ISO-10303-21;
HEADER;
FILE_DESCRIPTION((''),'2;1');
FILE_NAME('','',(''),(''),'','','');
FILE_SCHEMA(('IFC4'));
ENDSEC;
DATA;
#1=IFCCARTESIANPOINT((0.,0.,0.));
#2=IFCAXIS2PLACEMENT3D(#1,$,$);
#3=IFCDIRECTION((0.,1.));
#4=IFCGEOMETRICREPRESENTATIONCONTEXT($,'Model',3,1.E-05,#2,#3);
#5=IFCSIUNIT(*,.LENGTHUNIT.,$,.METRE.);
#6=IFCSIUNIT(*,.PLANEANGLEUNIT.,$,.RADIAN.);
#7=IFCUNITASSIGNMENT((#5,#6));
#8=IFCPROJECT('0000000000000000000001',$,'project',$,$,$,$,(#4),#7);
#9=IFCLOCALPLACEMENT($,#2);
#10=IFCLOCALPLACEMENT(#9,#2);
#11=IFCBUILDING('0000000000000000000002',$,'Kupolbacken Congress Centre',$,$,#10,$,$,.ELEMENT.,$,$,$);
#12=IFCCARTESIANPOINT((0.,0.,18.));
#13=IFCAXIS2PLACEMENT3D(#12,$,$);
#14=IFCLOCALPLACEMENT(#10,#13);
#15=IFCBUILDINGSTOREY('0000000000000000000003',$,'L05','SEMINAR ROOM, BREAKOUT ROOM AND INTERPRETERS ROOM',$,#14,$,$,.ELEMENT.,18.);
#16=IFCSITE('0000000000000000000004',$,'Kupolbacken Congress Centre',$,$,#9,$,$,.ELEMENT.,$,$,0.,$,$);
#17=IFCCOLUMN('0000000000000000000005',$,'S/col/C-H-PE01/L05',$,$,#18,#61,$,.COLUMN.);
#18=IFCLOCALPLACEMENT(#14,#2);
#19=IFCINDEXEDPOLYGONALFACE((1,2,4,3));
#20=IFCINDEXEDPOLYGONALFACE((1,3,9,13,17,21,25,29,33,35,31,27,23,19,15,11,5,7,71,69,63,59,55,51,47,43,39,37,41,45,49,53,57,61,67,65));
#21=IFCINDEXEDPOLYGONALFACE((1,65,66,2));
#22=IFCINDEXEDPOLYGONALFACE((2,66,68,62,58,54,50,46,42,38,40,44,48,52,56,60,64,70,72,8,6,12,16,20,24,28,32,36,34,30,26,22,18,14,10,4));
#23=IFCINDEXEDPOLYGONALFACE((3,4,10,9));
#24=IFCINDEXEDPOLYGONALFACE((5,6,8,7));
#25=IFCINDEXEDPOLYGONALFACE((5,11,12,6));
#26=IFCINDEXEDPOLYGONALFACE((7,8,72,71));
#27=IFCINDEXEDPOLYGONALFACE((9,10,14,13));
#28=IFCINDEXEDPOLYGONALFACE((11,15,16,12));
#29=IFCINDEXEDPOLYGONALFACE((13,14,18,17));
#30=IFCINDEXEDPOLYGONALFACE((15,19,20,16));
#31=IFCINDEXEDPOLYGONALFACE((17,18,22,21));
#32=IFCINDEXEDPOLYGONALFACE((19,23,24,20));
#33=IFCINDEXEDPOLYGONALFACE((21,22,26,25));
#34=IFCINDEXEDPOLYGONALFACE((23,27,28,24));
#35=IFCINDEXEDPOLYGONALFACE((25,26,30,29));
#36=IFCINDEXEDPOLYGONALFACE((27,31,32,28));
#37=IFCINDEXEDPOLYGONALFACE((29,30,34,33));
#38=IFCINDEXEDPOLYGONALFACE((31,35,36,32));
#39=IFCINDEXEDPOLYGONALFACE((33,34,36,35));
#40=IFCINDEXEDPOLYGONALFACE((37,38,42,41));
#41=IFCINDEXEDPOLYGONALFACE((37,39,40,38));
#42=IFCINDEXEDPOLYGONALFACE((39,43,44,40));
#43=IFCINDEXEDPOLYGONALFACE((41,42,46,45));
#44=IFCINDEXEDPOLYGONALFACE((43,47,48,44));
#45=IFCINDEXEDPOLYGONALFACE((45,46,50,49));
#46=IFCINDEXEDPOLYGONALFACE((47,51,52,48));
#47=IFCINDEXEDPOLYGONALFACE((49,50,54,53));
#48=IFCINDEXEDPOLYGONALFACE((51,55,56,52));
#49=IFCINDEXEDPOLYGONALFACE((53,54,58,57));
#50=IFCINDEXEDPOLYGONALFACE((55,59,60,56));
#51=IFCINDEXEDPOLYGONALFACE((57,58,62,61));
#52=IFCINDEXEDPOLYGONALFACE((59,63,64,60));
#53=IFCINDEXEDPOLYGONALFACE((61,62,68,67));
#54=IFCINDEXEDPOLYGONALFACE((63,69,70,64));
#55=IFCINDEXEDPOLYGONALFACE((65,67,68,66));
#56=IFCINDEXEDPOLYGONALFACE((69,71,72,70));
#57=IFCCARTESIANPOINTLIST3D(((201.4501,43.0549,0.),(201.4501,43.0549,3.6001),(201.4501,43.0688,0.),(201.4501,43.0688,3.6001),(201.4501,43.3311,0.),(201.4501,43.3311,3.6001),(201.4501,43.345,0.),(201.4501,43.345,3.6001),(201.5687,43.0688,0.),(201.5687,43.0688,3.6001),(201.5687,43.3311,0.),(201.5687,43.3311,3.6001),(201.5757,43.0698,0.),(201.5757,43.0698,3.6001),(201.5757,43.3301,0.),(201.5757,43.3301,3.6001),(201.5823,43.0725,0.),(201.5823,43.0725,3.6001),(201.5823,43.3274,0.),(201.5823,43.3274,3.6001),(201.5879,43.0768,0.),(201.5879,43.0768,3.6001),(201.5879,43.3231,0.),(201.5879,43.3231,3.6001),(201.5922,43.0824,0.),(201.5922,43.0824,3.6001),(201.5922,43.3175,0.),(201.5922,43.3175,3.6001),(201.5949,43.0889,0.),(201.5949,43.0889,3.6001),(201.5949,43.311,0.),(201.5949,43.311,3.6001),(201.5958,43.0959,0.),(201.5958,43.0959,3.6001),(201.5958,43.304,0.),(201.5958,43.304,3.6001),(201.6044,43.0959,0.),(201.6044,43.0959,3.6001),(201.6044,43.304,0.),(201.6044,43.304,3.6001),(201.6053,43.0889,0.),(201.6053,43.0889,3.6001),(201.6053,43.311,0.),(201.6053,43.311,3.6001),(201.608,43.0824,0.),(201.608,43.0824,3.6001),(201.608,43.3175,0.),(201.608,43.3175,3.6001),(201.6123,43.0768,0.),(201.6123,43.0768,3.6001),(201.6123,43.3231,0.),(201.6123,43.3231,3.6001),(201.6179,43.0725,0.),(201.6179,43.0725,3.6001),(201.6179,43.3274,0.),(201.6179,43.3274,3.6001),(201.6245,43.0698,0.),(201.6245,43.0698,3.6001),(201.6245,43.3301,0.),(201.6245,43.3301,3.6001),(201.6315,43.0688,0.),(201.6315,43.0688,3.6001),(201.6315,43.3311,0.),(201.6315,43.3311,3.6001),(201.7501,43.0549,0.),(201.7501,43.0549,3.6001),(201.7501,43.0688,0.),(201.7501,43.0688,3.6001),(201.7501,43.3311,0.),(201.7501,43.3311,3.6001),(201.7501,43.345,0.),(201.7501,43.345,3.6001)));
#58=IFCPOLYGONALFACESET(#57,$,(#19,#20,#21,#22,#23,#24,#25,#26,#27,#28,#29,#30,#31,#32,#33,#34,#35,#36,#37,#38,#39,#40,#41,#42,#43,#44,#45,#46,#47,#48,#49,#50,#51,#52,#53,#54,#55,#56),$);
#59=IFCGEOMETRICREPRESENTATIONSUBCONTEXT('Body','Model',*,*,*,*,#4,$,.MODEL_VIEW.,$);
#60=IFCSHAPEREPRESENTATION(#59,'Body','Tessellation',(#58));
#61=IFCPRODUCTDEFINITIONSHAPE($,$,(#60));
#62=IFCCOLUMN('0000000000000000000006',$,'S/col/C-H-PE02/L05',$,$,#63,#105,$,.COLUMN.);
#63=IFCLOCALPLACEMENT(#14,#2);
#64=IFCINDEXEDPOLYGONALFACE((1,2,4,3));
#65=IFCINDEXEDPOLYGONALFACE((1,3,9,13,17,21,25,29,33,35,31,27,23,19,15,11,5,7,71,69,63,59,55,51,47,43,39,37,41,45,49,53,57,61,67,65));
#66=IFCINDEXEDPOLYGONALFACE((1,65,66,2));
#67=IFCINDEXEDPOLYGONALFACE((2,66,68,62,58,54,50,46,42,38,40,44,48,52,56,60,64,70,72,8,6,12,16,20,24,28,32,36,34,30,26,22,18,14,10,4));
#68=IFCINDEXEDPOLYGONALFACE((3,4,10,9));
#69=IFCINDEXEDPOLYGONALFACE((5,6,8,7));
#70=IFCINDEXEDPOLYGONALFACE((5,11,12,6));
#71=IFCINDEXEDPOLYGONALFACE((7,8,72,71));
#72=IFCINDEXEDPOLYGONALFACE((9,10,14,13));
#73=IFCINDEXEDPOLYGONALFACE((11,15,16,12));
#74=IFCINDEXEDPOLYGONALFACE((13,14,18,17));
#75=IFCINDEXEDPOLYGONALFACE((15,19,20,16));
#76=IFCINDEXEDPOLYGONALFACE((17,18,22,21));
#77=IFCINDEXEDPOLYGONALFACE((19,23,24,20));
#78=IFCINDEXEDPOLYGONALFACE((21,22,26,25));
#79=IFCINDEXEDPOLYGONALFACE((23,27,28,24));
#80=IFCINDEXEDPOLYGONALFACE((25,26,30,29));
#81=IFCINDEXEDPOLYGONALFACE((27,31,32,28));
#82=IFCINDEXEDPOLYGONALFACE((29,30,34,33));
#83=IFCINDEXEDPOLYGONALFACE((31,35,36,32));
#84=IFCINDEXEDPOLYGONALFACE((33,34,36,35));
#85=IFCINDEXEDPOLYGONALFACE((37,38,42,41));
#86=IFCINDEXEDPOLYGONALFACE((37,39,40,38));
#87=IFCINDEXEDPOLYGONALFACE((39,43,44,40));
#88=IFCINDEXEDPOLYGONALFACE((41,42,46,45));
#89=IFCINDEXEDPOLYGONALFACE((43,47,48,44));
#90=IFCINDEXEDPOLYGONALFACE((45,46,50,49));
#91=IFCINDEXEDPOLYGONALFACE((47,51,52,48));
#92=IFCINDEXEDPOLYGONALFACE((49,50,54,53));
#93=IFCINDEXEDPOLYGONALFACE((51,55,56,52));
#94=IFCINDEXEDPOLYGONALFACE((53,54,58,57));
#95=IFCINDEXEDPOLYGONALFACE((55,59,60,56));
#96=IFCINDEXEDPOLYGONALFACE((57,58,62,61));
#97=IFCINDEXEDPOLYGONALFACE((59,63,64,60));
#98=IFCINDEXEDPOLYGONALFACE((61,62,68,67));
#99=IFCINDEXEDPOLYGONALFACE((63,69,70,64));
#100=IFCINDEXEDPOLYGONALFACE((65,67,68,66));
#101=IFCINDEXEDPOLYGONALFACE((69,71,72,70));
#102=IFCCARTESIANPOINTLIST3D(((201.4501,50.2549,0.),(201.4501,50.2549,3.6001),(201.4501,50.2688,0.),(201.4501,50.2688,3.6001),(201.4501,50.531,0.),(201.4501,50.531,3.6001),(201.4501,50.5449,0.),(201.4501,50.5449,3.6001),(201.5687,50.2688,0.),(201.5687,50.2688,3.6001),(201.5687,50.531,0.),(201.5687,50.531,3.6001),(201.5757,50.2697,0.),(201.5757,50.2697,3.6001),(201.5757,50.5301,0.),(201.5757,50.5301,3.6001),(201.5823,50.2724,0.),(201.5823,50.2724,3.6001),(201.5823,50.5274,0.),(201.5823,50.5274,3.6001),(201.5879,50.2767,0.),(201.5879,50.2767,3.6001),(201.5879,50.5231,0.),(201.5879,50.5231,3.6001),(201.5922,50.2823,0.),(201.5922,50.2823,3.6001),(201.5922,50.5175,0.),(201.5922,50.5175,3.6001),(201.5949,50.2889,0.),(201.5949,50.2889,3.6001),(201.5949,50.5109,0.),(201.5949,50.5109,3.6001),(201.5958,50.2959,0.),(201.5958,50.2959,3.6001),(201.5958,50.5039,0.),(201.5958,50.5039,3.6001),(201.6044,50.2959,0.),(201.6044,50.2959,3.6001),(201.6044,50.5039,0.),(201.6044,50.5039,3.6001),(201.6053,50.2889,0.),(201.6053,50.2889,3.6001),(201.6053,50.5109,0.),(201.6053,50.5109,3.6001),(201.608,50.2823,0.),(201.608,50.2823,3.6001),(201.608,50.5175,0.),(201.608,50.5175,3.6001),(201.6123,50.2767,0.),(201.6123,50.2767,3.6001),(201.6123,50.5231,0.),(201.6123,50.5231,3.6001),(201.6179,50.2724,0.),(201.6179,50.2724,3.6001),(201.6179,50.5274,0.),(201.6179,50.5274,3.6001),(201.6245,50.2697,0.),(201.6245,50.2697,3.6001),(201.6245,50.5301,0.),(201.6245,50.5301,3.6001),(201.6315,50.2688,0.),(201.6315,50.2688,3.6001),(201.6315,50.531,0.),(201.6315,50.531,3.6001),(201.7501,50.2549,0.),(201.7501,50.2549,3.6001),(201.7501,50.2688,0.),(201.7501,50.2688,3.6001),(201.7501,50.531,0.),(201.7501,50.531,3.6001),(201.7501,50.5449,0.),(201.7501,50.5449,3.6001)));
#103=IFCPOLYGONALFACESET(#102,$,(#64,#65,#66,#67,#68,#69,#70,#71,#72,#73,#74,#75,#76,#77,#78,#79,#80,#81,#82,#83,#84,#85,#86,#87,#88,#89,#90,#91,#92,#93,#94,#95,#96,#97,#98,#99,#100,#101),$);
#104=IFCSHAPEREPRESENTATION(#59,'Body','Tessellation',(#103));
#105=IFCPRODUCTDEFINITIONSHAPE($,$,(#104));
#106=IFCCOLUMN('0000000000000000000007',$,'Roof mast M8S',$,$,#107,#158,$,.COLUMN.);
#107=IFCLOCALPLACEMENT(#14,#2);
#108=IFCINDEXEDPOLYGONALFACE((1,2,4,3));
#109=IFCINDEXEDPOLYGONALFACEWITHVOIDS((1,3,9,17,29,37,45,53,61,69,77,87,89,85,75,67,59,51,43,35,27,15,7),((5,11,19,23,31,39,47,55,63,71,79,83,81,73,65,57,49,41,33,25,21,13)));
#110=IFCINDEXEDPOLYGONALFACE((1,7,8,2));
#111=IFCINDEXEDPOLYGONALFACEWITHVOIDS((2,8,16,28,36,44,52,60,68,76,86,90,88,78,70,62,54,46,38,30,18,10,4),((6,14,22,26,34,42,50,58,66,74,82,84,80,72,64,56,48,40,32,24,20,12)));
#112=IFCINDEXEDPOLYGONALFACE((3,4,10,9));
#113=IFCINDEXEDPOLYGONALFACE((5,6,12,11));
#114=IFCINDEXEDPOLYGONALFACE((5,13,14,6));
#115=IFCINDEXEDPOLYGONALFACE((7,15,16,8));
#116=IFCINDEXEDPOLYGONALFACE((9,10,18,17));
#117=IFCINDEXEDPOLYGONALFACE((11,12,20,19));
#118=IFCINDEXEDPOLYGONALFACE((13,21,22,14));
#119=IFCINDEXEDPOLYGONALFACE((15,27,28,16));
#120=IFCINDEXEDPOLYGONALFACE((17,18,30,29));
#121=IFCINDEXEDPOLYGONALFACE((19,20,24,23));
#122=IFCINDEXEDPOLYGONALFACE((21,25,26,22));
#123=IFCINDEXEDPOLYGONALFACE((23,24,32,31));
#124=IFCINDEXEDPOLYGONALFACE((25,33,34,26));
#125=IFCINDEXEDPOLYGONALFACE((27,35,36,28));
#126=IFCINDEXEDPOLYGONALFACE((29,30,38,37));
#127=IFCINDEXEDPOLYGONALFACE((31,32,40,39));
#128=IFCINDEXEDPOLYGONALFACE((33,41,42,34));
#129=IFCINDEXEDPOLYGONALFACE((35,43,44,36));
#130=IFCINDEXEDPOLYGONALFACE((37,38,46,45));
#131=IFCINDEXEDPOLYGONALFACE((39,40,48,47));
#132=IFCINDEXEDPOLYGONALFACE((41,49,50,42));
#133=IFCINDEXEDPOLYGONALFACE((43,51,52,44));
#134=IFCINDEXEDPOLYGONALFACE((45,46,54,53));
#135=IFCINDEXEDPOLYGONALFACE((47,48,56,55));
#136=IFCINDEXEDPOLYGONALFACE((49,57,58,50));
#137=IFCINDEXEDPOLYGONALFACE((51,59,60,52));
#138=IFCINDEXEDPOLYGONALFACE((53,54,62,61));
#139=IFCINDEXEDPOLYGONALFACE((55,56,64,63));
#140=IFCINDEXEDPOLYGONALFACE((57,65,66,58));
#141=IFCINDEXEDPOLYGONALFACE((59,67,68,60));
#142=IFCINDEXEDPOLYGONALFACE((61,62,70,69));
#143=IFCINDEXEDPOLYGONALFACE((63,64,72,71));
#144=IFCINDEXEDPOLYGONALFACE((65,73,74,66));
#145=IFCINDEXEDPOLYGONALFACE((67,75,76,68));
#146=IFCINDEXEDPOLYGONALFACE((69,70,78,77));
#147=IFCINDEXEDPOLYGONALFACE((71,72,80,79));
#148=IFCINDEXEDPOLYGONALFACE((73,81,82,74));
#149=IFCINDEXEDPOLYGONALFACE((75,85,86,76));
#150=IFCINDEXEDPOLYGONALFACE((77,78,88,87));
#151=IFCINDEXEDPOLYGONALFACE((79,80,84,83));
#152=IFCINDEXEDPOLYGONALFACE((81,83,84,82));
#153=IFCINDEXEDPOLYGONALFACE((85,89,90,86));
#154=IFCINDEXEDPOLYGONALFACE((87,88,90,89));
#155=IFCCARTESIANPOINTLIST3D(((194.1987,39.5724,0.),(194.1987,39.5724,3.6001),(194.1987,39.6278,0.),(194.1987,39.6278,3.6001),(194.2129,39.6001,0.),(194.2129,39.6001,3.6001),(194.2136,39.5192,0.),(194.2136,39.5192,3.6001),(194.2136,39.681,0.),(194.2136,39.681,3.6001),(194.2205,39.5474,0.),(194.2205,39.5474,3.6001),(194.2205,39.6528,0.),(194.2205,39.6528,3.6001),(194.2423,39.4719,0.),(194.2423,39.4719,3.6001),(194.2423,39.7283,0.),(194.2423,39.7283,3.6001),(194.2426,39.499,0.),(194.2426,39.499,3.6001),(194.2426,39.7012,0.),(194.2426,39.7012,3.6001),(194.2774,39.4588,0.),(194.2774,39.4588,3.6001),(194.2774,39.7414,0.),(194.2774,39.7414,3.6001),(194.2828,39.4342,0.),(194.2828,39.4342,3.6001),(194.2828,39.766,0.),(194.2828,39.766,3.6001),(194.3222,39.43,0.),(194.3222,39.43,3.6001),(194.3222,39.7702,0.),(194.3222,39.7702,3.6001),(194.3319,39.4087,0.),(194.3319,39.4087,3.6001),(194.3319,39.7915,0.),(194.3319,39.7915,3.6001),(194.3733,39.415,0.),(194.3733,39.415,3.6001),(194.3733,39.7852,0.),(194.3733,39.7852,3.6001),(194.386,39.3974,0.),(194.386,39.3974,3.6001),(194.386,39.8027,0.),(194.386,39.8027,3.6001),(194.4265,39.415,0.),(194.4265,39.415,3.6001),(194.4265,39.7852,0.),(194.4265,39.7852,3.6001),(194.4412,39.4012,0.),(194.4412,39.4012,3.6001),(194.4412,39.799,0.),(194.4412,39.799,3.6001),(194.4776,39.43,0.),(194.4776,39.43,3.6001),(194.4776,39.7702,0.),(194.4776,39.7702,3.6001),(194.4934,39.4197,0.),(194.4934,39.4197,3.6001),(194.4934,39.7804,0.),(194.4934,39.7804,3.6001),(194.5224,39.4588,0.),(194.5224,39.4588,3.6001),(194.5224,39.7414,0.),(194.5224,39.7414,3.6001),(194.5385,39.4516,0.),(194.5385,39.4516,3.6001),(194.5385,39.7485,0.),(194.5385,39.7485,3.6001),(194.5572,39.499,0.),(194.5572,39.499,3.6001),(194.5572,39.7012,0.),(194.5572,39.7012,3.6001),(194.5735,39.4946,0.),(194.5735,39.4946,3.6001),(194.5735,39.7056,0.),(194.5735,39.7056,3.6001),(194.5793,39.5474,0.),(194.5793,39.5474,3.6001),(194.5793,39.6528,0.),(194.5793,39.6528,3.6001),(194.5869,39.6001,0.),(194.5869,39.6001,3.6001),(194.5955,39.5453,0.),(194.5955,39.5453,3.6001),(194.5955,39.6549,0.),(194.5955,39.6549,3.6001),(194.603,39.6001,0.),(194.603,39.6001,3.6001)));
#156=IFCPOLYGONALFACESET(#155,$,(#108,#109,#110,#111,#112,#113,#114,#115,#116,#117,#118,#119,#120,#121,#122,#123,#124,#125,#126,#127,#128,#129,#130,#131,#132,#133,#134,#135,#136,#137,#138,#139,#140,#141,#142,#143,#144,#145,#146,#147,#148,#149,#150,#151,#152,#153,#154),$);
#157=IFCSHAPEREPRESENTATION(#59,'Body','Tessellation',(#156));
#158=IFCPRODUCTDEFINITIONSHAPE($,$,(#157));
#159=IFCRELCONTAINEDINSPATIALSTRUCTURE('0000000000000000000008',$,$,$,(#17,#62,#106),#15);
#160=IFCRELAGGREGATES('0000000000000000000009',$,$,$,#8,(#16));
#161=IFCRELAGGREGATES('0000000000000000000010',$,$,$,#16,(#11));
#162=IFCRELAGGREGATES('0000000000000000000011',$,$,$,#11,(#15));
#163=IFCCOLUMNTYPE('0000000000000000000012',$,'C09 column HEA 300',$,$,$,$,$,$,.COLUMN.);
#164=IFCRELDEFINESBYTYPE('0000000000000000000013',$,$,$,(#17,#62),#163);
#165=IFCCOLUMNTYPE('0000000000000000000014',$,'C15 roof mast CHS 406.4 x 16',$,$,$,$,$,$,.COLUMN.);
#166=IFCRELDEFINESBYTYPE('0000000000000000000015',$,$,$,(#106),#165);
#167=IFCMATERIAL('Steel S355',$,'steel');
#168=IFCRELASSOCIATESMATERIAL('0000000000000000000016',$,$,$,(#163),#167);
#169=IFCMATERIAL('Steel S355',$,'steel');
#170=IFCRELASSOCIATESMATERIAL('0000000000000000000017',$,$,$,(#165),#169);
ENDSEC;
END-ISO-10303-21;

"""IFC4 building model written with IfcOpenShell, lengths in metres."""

from ifc_helpers import new_model, si_unit, direction, frame, origin, origin_2d, place, context, subcontext, project, spatial, hollow_circle, i_section, extrude, material, material_profile, profile_set, type_object, element, save


model = new_model("IFC4")

# Units and contexts
model_context = context("Model", 3, precision=1e-05, world=origin(), true_north=direction((0.0, 1.0)))
body_context = subcontext(model_context, "Body", "Model", "MODEL_VIEW")
ifc_project = project(units=[si_unit("LENGTHUNIT", "METRE"), si_unit("PLANEANGLEUNIT", "RADIAN")], contexts=[model_context])

# Site, building, storey
site_placement = place(None, origin())
site = spatial("IfcSite", under=ifc_project, at=site_placement, Name="Kupolbacken Congress Centre", CompositionType="ELEMENT", RefElevation=0.0)
building_placement = place(site_placement, origin())
building = spatial("IfcBuilding", under=site, at=building_placement, Name="Kupolbacken Congress Centre", CompositionType="ELEMENT")
storey_placement = place(building_placement, frame((0.0, 0.0, 18.0)))
storey = spatial("IfcBuildingStorey", under=building, at=storey_placement, Name="L05", Description="SEMINAR ROOM, BREAKOUT ROOM AND INTERPRETERS ROOM", CompositionType="ELEMENT", Elevation=18.0)

# Columns
ifc_material_1 = material(Name="Steel S355", Category="steel")
ifc_material_profile_1 = material_profile(ifc_material_1, i_section(OverallWidth=0.3, OverallDepth=0.29, WebThickness=0.0085, FlangeThickness=0.0139, FilletRadius=0.0271, at=origin_2d()), Name="HEA 300")
ifc_profile_set_1 = profile_set([ifc_material_profile_1], Name="Steel S355")
column_type_1 = type_object("IfcColumnType", Name="C09 column HEA 300", PredefinedType="COLUMN", material=ifc_profile_set_1)
for number, where, z_axis, x_axis, name in (
    (1, (201.6001, 43.2, 0.0), (0.0, 0.0, 1.0), (1.0, 0.0, 0.0), "S/col/C-H-PE01/L05"),
    (2, (201.6001, 50.3999, 0.0), (0.0, 0.0, 1.0), (1.0, 0.0, 0.0), "S/col/C-H-PE02/L05"),
):
    element("IfcColumn", number, at=place(storey_placement, frame(where, z_axis=z_axis, x_axis=x_axis)), inside=storey, type_object=column_type_1, Name=name, PredefinedType="COLUMN", context=body_context, shape_type="SweptSolid", body=[
        extrude(i_section(OverallWidth=0.3, OverallDepth=0.29, WebThickness=0.0085, FlangeThickness=0.0139, FilletRadius=0.0271, at=origin_2d()), origin(), (0.0, 0.0, 1.0), 3.6001),
    ])
ifc_material_2 = material(Name="Steel S355", Category="steel")
ifc_material_profile_2 = material_profile(ifc_material_2, hollow_circle(Radius=0.2031, WallThickness=0.0161, at=origin_2d()), Name="CHS 406.4 x 16")
ifc_profile_set_2 = profile_set([ifc_material_profile_2], Name="Steel S355")
column_type_2 = type_object("IfcColumnType", Name="C15 roof mast CHS 406.4 x 16", PredefinedType="COLUMN", material=ifc_profile_set_2)
column_placement = place(storey_placement, frame((194.3999, 39.6001, 0.0), z_axis=(0.0, 0.0, 1.0), x_axis=(1.0, 0.0, 0.0)))
element("IfcColumn", 3, at=column_placement, inside=storey, type_object=column_type_2, Name="Roof mast M8S", PredefinedType="COLUMN", context=body_context, shape_type="SweptSolid", body=[
    extrude(hollow_circle(Radius=0.2031, WallThickness=0.0161, at=origin_2d()), origin(), (0.0, 0.0, 1.0), 3.6001),
])

save(model, "model.ifc")
